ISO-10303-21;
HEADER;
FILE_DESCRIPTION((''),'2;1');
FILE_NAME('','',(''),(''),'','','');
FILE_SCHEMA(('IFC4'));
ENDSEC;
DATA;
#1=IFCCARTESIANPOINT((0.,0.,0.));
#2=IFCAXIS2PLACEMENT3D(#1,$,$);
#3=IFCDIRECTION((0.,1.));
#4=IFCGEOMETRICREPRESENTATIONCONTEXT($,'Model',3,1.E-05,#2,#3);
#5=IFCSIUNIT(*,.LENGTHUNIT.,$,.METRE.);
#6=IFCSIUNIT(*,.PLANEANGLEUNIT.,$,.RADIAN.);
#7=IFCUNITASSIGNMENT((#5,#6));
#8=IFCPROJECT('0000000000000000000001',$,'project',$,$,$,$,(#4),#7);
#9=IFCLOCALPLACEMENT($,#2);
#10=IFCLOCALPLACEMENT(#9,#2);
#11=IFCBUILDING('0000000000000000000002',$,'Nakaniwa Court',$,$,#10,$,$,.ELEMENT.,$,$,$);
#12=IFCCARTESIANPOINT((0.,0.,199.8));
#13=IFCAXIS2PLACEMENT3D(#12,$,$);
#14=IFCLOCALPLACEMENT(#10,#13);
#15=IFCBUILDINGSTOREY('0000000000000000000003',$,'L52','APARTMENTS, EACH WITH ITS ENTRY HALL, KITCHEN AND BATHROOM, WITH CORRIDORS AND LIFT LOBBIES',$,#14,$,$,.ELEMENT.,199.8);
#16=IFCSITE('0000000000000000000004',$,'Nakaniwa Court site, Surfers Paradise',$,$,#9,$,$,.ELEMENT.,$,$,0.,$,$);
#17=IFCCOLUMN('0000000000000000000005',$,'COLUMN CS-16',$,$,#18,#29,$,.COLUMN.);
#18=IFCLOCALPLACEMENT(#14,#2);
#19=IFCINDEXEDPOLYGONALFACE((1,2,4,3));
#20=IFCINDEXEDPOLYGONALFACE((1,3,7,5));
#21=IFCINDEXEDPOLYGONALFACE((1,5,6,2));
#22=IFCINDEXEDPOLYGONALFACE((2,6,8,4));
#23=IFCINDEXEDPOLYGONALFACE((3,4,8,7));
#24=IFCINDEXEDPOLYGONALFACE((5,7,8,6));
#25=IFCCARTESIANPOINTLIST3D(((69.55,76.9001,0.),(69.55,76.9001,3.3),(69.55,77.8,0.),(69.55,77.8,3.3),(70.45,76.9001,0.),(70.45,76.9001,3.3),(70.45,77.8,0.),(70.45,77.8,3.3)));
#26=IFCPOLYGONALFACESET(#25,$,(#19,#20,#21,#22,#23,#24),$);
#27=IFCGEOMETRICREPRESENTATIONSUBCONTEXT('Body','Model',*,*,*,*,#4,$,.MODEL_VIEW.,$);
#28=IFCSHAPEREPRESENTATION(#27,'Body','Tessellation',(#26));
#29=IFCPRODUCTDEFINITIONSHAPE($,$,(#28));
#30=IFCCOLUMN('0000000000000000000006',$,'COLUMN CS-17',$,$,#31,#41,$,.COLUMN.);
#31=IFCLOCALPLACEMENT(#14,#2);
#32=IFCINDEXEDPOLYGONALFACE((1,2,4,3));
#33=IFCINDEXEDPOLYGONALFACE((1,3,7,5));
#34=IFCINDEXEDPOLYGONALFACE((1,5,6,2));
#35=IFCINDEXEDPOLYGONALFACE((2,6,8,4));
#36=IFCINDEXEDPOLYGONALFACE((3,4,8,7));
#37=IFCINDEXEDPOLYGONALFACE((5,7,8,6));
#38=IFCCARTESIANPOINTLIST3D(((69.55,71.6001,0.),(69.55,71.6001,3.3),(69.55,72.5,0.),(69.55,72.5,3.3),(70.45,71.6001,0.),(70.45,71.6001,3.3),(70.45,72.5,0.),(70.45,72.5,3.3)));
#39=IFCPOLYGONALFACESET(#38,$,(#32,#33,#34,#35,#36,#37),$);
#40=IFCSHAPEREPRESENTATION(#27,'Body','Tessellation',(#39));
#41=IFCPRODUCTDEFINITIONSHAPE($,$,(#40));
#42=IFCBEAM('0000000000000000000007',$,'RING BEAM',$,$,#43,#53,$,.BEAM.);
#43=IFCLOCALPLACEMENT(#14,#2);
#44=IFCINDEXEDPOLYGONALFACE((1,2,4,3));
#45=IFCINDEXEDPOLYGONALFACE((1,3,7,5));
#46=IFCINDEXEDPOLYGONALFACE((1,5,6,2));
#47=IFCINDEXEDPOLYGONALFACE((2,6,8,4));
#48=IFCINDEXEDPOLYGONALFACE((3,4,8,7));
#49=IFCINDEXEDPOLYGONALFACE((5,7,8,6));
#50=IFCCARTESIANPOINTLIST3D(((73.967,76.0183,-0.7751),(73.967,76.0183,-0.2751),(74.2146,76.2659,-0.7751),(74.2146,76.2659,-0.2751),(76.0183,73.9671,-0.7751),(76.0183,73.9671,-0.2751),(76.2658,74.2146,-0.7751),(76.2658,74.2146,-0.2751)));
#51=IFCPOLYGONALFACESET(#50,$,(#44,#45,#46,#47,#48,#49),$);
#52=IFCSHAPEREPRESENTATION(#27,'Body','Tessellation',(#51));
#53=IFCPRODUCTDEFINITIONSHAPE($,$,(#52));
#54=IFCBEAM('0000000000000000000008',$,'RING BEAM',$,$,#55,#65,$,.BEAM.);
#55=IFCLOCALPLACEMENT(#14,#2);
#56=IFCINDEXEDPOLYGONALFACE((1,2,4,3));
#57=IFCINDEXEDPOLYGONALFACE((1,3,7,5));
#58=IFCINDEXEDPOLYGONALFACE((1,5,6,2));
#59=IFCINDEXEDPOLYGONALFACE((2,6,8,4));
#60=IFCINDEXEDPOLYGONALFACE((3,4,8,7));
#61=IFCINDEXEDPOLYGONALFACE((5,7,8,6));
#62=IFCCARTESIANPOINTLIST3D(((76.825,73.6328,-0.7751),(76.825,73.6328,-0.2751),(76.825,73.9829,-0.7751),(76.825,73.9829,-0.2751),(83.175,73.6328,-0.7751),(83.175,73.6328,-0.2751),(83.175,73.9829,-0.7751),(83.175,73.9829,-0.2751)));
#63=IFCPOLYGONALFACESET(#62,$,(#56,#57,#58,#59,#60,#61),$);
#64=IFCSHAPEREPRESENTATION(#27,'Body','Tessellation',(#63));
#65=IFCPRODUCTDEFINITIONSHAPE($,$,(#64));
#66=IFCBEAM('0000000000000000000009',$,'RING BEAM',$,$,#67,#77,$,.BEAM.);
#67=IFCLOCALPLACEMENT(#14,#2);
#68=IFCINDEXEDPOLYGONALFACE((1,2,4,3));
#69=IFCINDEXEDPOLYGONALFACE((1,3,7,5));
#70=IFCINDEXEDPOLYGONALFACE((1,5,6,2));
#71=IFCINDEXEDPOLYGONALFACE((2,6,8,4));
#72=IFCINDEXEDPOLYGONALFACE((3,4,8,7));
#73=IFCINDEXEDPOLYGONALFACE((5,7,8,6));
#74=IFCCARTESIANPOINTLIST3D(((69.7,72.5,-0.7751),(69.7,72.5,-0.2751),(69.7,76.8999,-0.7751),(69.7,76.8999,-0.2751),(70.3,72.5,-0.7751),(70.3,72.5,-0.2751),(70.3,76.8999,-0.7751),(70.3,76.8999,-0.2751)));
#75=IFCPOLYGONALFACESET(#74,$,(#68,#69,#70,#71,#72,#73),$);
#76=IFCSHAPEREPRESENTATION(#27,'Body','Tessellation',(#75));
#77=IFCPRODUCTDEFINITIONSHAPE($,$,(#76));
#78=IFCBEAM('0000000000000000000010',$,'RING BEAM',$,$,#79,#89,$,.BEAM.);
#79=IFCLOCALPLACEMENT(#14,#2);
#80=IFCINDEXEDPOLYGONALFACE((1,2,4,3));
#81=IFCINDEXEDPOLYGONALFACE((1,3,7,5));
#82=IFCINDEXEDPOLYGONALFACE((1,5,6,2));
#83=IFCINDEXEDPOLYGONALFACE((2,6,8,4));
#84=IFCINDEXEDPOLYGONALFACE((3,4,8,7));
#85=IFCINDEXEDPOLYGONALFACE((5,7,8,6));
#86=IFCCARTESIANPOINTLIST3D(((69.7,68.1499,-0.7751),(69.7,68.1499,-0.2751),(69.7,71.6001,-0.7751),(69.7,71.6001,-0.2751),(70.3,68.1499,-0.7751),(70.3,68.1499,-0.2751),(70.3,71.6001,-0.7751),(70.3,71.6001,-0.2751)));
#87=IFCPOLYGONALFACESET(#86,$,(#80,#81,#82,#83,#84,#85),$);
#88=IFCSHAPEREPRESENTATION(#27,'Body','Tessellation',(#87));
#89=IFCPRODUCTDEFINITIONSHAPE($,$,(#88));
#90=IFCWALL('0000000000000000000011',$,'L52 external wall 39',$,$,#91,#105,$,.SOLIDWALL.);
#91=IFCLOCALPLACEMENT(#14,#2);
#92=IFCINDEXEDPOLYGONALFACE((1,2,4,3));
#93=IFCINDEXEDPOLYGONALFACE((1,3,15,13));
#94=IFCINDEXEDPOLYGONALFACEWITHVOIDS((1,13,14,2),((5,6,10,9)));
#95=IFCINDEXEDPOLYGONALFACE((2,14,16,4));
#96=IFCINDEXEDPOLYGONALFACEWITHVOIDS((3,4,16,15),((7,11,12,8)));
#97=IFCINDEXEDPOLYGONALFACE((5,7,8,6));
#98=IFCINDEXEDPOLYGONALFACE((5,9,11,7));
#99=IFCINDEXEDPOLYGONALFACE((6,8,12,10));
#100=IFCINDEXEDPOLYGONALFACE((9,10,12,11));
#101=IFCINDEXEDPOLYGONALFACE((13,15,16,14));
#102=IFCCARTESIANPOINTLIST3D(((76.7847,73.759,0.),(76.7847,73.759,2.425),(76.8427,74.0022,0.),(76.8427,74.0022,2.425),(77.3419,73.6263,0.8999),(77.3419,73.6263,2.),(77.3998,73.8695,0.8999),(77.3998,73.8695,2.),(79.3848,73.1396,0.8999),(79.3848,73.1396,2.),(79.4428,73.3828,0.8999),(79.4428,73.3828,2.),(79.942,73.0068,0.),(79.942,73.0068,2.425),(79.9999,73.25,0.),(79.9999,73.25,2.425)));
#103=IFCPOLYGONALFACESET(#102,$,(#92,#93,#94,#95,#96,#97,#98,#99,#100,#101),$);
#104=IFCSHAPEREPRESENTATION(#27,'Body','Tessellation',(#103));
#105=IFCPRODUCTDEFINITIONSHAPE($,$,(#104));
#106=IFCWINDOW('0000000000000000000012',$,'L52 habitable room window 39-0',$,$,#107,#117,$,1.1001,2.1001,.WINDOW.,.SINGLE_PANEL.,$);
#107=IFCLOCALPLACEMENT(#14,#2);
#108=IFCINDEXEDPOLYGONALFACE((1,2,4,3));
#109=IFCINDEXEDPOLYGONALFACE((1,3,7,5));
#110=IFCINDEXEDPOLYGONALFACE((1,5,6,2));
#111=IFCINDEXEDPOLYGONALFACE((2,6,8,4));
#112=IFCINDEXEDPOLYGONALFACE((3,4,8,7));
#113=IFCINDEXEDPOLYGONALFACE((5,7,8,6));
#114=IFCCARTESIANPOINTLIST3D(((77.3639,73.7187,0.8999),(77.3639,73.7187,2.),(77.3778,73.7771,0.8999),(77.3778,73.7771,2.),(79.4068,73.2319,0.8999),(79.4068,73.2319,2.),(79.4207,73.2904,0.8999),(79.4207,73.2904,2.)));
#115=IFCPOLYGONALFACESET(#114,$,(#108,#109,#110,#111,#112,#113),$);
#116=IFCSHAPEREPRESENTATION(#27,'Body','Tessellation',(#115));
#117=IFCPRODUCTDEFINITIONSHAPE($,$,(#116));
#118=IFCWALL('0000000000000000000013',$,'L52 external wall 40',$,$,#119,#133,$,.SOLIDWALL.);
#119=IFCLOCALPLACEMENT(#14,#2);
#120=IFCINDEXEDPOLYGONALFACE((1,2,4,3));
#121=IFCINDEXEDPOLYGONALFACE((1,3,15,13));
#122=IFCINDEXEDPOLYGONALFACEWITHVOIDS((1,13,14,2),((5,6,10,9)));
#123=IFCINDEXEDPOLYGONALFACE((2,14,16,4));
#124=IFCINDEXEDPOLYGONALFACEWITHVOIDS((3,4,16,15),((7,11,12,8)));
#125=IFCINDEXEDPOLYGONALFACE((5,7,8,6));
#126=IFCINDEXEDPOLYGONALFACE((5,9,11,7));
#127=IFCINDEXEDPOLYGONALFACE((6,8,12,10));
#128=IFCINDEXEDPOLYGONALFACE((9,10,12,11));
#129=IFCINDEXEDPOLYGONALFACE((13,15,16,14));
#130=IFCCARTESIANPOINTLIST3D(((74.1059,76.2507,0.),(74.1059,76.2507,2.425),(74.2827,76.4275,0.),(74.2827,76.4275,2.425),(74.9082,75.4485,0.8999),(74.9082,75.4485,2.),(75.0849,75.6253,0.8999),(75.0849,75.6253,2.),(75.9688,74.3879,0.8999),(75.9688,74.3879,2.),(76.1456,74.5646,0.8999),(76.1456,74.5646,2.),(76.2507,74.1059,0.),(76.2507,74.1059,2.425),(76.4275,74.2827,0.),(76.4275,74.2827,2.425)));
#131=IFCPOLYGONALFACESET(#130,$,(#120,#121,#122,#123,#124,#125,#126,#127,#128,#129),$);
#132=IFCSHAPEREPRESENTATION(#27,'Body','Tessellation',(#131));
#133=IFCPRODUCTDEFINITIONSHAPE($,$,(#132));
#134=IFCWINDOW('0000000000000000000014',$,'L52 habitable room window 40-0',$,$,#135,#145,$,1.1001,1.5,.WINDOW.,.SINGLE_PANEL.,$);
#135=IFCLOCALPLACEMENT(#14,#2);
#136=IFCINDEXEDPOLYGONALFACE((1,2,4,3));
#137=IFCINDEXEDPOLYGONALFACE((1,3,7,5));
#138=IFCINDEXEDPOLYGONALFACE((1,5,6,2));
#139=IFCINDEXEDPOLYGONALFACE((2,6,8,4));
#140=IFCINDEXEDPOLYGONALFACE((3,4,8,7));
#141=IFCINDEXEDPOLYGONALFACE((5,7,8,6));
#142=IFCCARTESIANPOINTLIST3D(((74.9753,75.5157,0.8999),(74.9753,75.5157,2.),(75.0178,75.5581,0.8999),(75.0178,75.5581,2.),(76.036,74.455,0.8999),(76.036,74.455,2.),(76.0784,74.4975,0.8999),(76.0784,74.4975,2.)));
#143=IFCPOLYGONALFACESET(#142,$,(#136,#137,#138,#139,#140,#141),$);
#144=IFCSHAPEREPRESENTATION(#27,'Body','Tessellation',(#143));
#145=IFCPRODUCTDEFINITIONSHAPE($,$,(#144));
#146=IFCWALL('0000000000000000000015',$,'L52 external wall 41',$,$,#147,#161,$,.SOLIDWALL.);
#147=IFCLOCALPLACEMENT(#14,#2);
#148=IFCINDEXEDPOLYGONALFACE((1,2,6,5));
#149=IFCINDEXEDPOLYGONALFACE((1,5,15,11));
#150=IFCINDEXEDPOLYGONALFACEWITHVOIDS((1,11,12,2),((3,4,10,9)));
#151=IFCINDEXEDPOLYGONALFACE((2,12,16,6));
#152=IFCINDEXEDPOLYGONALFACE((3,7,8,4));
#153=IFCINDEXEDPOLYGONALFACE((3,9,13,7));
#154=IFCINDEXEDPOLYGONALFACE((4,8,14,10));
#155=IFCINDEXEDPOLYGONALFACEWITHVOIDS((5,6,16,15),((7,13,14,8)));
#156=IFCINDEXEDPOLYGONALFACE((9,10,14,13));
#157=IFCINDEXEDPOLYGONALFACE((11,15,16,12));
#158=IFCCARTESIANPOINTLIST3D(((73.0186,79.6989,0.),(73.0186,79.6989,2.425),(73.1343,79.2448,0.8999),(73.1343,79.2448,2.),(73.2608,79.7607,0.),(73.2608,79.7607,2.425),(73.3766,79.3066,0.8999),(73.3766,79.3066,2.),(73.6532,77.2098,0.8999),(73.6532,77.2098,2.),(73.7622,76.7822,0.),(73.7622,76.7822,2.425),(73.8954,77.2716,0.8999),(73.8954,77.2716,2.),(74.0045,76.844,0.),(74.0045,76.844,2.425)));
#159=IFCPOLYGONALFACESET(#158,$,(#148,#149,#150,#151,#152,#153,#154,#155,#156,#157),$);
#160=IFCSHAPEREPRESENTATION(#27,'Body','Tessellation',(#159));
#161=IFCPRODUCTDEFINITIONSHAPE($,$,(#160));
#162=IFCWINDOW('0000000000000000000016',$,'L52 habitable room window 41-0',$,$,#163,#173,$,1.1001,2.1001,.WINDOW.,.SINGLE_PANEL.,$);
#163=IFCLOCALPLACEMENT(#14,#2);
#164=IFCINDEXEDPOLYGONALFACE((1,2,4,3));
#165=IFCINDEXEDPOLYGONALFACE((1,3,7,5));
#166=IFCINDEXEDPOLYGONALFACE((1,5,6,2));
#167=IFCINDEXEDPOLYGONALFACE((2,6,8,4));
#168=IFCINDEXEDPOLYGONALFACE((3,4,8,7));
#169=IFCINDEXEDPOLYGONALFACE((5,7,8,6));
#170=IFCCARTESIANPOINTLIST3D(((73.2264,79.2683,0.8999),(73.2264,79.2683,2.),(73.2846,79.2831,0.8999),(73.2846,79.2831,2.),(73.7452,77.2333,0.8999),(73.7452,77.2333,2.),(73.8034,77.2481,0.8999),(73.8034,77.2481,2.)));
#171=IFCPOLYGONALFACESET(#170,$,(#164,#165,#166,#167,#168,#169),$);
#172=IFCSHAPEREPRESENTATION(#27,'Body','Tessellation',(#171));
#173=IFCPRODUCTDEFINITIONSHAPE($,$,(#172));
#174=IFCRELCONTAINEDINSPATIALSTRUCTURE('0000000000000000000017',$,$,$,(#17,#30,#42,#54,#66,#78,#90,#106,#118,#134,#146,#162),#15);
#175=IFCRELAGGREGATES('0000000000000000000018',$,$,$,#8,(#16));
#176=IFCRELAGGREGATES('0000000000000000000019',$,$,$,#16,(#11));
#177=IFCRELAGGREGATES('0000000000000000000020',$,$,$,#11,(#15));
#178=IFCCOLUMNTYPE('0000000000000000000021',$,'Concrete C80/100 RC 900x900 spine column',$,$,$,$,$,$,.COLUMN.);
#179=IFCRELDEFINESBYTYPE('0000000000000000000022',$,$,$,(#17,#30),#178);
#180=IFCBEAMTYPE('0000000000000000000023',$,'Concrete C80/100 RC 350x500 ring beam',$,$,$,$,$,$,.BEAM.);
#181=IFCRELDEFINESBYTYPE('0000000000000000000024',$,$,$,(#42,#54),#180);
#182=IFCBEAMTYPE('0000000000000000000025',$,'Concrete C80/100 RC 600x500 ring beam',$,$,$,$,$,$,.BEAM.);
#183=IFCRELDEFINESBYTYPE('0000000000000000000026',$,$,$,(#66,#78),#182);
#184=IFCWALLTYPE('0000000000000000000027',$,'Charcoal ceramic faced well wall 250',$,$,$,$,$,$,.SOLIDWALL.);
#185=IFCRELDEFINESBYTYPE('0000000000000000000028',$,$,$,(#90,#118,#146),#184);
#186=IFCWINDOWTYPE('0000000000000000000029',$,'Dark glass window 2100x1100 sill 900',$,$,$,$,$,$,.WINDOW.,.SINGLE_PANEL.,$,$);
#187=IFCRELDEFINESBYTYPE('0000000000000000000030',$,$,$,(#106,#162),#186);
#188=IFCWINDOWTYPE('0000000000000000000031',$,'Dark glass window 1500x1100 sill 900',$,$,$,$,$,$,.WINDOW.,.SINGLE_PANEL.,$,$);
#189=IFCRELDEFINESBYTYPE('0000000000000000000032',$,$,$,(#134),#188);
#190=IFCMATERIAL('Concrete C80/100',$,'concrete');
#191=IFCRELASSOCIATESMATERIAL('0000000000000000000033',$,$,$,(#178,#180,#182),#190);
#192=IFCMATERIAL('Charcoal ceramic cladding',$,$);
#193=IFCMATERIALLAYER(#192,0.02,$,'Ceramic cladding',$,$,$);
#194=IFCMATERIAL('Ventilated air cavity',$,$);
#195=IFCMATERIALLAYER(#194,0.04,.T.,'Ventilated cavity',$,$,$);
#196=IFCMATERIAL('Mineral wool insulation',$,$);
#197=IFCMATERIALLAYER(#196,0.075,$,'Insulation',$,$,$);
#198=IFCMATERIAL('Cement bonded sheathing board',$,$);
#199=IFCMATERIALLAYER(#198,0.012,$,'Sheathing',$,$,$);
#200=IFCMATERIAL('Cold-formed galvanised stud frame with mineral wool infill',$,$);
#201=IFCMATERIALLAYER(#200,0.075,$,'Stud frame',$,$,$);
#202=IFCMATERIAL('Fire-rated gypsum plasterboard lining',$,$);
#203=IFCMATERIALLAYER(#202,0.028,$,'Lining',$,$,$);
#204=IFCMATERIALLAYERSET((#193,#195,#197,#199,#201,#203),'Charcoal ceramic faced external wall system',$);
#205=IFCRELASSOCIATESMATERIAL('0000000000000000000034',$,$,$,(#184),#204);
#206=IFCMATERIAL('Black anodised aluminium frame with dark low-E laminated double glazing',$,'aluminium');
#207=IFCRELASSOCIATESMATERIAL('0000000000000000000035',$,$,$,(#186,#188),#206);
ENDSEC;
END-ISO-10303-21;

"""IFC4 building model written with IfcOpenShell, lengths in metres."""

from ifc_helpers import new_model, si_unit, direction, frame, frame_2d, origin, origin_2d, place, context, subcontext, project, spatial, rectangle, extrude, material, layer, layer_set, material_profile, profile_set, type_object, element, fill, save


model = new_model("IFC4")

# Units and contexts
model_context = context("Model", 3, precision=1e-05, world=origin(), true_north=direction((0.0, 1.0)))
body_context = subcontext(model_context, "Body", "Model", "MODEL_VIEW")
ifc_project = project(units=[si_unit("LENGTHUNIT", "METRE"), si_unit("PLANEANGLEUNIT", "RADIAN")], contexts=[model_context])

# Site, building, storey
site_placement = place(None, origin())
site = spatial("IfcSite", under=ifc_project, at=site_placement, Name="Nakaniwa Court site, Surfers Paradise", CompositionType="ELEMENT", RefElevation=0.0)
building_placement = place(site_placement, origin())
building = spatial("IfcBuilding", under=site, at=building_placement, Name="Nakaniwa Court", CompositionType="ELEMENT")
storey_placement = place(building_placement, frame((0.0, 0.0, 199.8)))
storey = spatial("IfcBuildingStorey", under=building, at=storey_placement, Name="L52", Description="APARTMENTS, EACH WITH ITS ENTRY HALL, KITCHEN AND BATHROOM, WITH CORRIDORS AND LIFT LOBBIES", CompositionType="ELEMENT", Elevation=199.8)

# Columns
ifc_material_1 = material(Name="Concrete C80/100", Category="concrete")
ifc_material_profile_1 = material_profile(ifc_material_1, rectangle(XDim=0.8999, YDim=0.8999, at=origin_2d()), Name="Concrete C80/100 RC 900x900 spine column")
ifc_profile_set_1 = profile_set([ifc_material_profile_1], Name="Concrete C80/100")
column_type_1 = type_object("IfcColumnType", Name="Concrete C80/100 RC 900x900 spine column", PredefinedType="COLUMN", material=ifc_profile_set_1)
for number, where, z_axis, x_axis, name in (
    (1, (70.0, 77.3501, 0.0), (0.0, 0.0, 1.0), (0.0, -1.0, 0.0), "COLUMN CS-16"),
    (2, (70.0, 72.05, 0.0), (0.0, 0.0, 1.0), (0.0, -1.0, 0.0), "COLUMN CS-17"),
):
    element("IfcColumn", number, at=place(storey_placement, frame(where, z_axis=z_axis, x_axis=x_axis)), inside=storey, type_object=column_type_1, Name=name, PredefinedType="COLUMN", context=body_context, shape_type="SweptSolid", body=[
        extrude(rectangle(XDim=0.8999, YDim=0.8999, at=origin_2d()), origin(), (0.0, 0.0, 1.0), 3.3),
    ])

# Beams
ifc_material_profile_2 = material_profile(ifc_material_1, rectangle(XDim=0.3501, YDim=0.5, at=origin_2d()), Name="Concrete C80/100 RC 350x500 ring beam")
ifc_profile_set_2 = profile_set([ifc_material_profile_2], Name="Concrete C80/100")
beam_type_1 = type_object("IfcBeamType", Name="Concrete C80/100 RC 350x500 ring beam", PredefinedType="BEAM", material=ifc_profile_set_2)
beam_1_placement = place(storey_placement, frame((74.0908, 76.1421, -0.5251), z_axis=(0.707107, -0.707107, 0.0), x_axis=(0.707107, 0.707107, 0.0)))
element("IfcBeam", 3, at=beam_1_placement, inside=storey, type_object=beam_type_1, Name="RING BEAM", PredefinedType="BEAM", context=body_context, shape_type="SweptSolid", body=[
    extrude(rectangle(XDim=0.3501, YDim=0.5, at=origin_2d()), origin(), (0.0, 0.0, 1.0), 2.9009),
])
beam_2_placement = place(storey_placement, frame((76.825, 73.8079, -0.5251), z_axis=(1.0, 0.0, 0.0), x_axis=(0.0, 1.0, 0.0)))
element("IfcBeam", 4, at=beam_2_placement, inside=storey, type_object=beam_type_1, Name="RING BEAM", PredefinedType="BEAM", context=body_context, shape_type="SweptSolid", body=[
    extrude(rectangle(XDim=0.3501, YDim=0.5, at=origin_2d()), origin(), (0.0, 0.0, 1.0), 6.3501),
])
ifc_material_profile_3 = material_profile(ifc_material_1, rectangle(XDim=0.6001, YDim=0.5, at=origin_2d()), Name="Concrete C80/100 RC 600x500 ring beam")
ifc_profile_set_3 = profile_set([ifc_material_profile_3], Name="Concrete C80/100")
beam_type_2 = type_object("IfcBeamType", Name="Concrete C80/100 RC 600x500 ring beam", PredefinedType="BEAM", material=ifc_profile_set_3)
beam_3_placement = place(storey_placement, frame((70.0, 76.8999, -0.5251), z_axis=(0.0, -1.0, 0.0), x_axis=(1.0, 0.0, 0.0)))
element("IfcBeam", 5, at=beam_3_placement, inside=storey, type_object=beam_type_2, Name="RING BEAM", PredefinedType="BEAM", context=body_context, shape_type="SweptSolid", body=[
    extrude(rectangle(XDim=0.6001, YDim=0.5, at=origin_2d()), origin(), (0.0, 0.0, 1.0), 4.3999),
])
beam_4_placement = place(storey_placement, frame((70.0, 71.6001, -0.5251), z_axis=(0.0, -1.0, 0.0), x_axis=(1.0, 0.0, 0.0)))
element("IfcBeam", 6, at=beam_4_placement, inside=storey, type_object=beam_type_2, Name="RING BEAM", PredefinedType="BEAM", context=body_context, shape_type="SweptSolid", body=[
    extrude(rectangle(XDim=0.6001, YDim=0.5, at=origin_2d()), origin(), (0.0, 0.0, 1.0), 3.4502),
])

# Walls, openings, windows
ifc_material_2 = material(Name="Charcoal ceramic cladding")
ifc_layer_1 = layer(ifc_material_2, 0.02, Name="Ceramic cladding")
ifc_material_3 = material(Name="Ventilated air cavity")
ifc_layer_2 = layer(ifc_material_3, 0.04, ventilated=True, Name="Ventilated cavity")
ifc_material_4 = material(Name="Mineral wool insulation")
ifc_layer_3 = layer(ifc_material_4, 0.075, Name="Insulation")
ifc_material_5 = material(Name="Cement bonded sheathing board")
ifc_layer_4 = layer(ifc_material_5, 0.012, Name="Sheathing")
ifc_material_6 = material(Name="Cold-formed galvanised stud frame with mineral wool infill")
ifc_layer_5 = layer(ifc_material_6, 0.075, Name="Stud frame")
ifc_material_7 = material(Name="Fire-rated gypsum plasterboard lining")
ifc_layer_6 = layer(ifc_material_7, 0.028, Name="Lining")
ifc_layer_set_1 = layer_set([ifc_layer_1, ifc_layer_2, ifc_layer_3, ifc_layer_4, ifc_layer_5, ifc_layer_6], Name="Charcoal ceramic faced external wall system")
wall_type_1 = type_object("IfcWallType", Name="Charcoal ceramic faced well wall 250", PredefinedType="SOLIDWALL", material=ifc_layer_set_1)
wall_1_placement = place(storey_placement, frame((79.9709, 73.1284, 0.0), z_axis=(0.0, 0.0, 1.0), x_axis=(-0.972773, 0.23176, 0.0)))
wall_1 = element("IfcWall", 7, at=wall_1_placement, inside=storey, type_object=wall_type_1, Name="L52 external wall 39", PredefinedType="SOLIDWALL", context=body_context, shape_type="SweptSolid", body=[
    extrude(rectangle(XDim=3.2456, YDim=0.25, at=frame_2d((1.6228, 0.0))), origin(), (0.0, 0.0, 1.0), 2.425),
])
opening_1_placement = place(wall_1_placement, frame((0.5728, 0.0, 0.8999)))
opening_1 = element("IfcOpeningElement", 8, at=opening_1_placement, cuts=wall_1, PredefinedType="OPENING", context=body_context, shape_type="SweptSolid", body=[
    extrude(rectangle(XDim=2.1001, YDim=1.1001, at=frame_2d((1.05, 0.55))), frame((0.0, 0.135, 0.0), z_axis=(0.0, -1.0, 0.0), x_axis=(1.0, 0.0, 0.0)), (0.0, 0.0, 1.0), 0.27),
])
ifc_material_8 = material(Name="Black anodised aluminium frame with dark low-E laminated double glazing", Category="aluminium")
window_type_1 = type_object("IfcWindowType", Name="Dark glass window 2100x1100 sill 900", PartitioningType="SINGLE_PANEL", PredefinedType="WINDOW", material=ifc_material_8)
window_1_placement = place(opening_1_placement, origin())
window_1 = element("IfcWindow", 9, at=window_1_placement, inside=storey, type_object=window_type_1, Name="L52 habitable room window 39-0", OverallHeight=1.1001, OverallWidth=2.1001, PartitioningType="SINGLE_PANEL", PredefinedType="WINDOW", context=body_context, shape_type="SweptSolid", body=[
    extrude(rectangle(XDim=2.1001, YDim=1.1001, at=frame_2d((1.05, 0.55))), frame((0.0, 0.03, 0.0), z_axis=(0.0, -1.0, 0.0), x_axis=(1.0, 0.0, 0.0)), (0.0, 0.0, 1.0), 0.0601),
])
fill(opening_1, window_1)
wall_2_placement = place(storey_placement, frame((76.3391, 74.1943, 0.0), z_axis=(0.0, 0.0, 1.0), x_axis=(-0.707107, 0.707107, 0.0)))
wall_2 = element("IfcWall", 10, at=wall_2_placement, inside=storey, type_object=wall_type_1, Name="L52 external wall 40", PredefinedType="SOLIDWALL", context=body_context, shape_type="SweptSolid", body=[
    extrude(rectangle(XDim=3.0332, YDim=0.25, at=frame_2d((1.5166, 0.0))), origin(), (0.0, 0.0, 1.0), 2.425),
])
opening_2_placement = place(wall_2_placement, frame((0.3987, 0.0, 0.8999)))
opening_2 = element("IfcOpeningElement", 11, at=opening_2_placement, cuts=wall_2, PredefinedType="OPENING", context=body_context, shape_type="SweptSolid", body=[
    extrude(rectangle(XDim=1.5, YDim=1.1001, at=frame_2d((0.75, 0.55))), frame((0.0, 0.135, 0.0), z_axis=(0.0, -1.0, 0.0), x_axis=(1.0, 0.0, 0.0)), (0.0, 0.0, 1.0), 0.27),
])
window_type_2 = type_object("IfcWindowType", Name="Dark glass window 1500x1100 sill 900", PartitioningType="SINGLE_PANEL", PredefinedType="WINDOW", material=ifc_material_8)
window_2_placement = place(opening_2_placement, origin())
window_2 = element("IfcWindow", 12, at=window_2_placement, inside=storey, type_object=window_type_2, Name="L52 habitable room window 40-0", OverallHeight=1.1001, OverallWidth=1.5, PartitioningType="SINGLE_PANEL", PredefinedType="WINDOW", context=body_context, shape_type="SweptSolid", body=[
    extrude(rectangle(XDim=1.5, YDim=1.1001, at=frame_2d((0.75, 0.55))), frame((0.0, 0.03, 0.0), z_axis=(0.0, -1.0, 0.0), x_axis=(1.0, 0.0, 0.0)), (0.0, 0.0, 1.0), 0.0601),
])
fill(opening_2, window_2)
wall_3_placement = place(storey_placement, frame((73.8833, 76.8132, 0.0), z_axis=(0.0, 0.0, 1.0), x_axis=(-0.247056, 0.969001, 0.0)))
wall_3 = element("IfcWall", 13, at=wall_3_placement, inside=storey, type_object=wall_type_1, Name="L52 external wall 41", PredefinedType="SOLIDWALL", context=body_context, shape_type="SweptSolid", body=[
    extrude(rectangle(XDim=3.01, YDim=0.25, at=frame_2d((1.5049, 0.0))), origin(), (0.0, 0.0, 1.0), 2.425),
])
opening_3_placement = place(wall_3_placement, frame((0.4412, 0.0, 0.8999)))
opening_3 = element("IfcOpeningElement", 14, at=opening_3_placement, cuts=wall_3, PredefinedType="OPENING", context=body_context, shape_type="SweptSolid", body=[
    extrude(rectangle(XDim=2.1001, YDim=1.1001, at=frame_2d((1.05, 0.55))), frame((0.0, 0.135, 0.0), z_axis=(0.0, -1.0, 0.0), x_axis=(1.0, 0.0, 0.0)), (0.0, 0.0, 1.0), 0.27),
])
window_3_placement = place(opening_3_placement, origin())
window_3 = element("IfcWindow", 15, at=window_3_placement, inside=storey, type_object=window_type_1, Name="L52 habitable room window 41-0", OverallHeight=1.1001, OverallWidth=2.1001, PartitioningType="SINGLE_PANEL", PredefinedType="WINDOW", context=body_context, shape_type="SweptSolid", body=[
    extrude(rectangle(XDim=2.1001, YDim=1.1001, at=frame_2d((1.05, 0.55))), frame((0.0, 0.03, 0.0), z_axis=(0.0, -1.0, 0.0), x_axis=(1.0, 0.0, 0.0)), (0.0, 0.0, 1.0), 0.0601),
])
fill(opening_3, window_3)

save(model, "model.ifc")
